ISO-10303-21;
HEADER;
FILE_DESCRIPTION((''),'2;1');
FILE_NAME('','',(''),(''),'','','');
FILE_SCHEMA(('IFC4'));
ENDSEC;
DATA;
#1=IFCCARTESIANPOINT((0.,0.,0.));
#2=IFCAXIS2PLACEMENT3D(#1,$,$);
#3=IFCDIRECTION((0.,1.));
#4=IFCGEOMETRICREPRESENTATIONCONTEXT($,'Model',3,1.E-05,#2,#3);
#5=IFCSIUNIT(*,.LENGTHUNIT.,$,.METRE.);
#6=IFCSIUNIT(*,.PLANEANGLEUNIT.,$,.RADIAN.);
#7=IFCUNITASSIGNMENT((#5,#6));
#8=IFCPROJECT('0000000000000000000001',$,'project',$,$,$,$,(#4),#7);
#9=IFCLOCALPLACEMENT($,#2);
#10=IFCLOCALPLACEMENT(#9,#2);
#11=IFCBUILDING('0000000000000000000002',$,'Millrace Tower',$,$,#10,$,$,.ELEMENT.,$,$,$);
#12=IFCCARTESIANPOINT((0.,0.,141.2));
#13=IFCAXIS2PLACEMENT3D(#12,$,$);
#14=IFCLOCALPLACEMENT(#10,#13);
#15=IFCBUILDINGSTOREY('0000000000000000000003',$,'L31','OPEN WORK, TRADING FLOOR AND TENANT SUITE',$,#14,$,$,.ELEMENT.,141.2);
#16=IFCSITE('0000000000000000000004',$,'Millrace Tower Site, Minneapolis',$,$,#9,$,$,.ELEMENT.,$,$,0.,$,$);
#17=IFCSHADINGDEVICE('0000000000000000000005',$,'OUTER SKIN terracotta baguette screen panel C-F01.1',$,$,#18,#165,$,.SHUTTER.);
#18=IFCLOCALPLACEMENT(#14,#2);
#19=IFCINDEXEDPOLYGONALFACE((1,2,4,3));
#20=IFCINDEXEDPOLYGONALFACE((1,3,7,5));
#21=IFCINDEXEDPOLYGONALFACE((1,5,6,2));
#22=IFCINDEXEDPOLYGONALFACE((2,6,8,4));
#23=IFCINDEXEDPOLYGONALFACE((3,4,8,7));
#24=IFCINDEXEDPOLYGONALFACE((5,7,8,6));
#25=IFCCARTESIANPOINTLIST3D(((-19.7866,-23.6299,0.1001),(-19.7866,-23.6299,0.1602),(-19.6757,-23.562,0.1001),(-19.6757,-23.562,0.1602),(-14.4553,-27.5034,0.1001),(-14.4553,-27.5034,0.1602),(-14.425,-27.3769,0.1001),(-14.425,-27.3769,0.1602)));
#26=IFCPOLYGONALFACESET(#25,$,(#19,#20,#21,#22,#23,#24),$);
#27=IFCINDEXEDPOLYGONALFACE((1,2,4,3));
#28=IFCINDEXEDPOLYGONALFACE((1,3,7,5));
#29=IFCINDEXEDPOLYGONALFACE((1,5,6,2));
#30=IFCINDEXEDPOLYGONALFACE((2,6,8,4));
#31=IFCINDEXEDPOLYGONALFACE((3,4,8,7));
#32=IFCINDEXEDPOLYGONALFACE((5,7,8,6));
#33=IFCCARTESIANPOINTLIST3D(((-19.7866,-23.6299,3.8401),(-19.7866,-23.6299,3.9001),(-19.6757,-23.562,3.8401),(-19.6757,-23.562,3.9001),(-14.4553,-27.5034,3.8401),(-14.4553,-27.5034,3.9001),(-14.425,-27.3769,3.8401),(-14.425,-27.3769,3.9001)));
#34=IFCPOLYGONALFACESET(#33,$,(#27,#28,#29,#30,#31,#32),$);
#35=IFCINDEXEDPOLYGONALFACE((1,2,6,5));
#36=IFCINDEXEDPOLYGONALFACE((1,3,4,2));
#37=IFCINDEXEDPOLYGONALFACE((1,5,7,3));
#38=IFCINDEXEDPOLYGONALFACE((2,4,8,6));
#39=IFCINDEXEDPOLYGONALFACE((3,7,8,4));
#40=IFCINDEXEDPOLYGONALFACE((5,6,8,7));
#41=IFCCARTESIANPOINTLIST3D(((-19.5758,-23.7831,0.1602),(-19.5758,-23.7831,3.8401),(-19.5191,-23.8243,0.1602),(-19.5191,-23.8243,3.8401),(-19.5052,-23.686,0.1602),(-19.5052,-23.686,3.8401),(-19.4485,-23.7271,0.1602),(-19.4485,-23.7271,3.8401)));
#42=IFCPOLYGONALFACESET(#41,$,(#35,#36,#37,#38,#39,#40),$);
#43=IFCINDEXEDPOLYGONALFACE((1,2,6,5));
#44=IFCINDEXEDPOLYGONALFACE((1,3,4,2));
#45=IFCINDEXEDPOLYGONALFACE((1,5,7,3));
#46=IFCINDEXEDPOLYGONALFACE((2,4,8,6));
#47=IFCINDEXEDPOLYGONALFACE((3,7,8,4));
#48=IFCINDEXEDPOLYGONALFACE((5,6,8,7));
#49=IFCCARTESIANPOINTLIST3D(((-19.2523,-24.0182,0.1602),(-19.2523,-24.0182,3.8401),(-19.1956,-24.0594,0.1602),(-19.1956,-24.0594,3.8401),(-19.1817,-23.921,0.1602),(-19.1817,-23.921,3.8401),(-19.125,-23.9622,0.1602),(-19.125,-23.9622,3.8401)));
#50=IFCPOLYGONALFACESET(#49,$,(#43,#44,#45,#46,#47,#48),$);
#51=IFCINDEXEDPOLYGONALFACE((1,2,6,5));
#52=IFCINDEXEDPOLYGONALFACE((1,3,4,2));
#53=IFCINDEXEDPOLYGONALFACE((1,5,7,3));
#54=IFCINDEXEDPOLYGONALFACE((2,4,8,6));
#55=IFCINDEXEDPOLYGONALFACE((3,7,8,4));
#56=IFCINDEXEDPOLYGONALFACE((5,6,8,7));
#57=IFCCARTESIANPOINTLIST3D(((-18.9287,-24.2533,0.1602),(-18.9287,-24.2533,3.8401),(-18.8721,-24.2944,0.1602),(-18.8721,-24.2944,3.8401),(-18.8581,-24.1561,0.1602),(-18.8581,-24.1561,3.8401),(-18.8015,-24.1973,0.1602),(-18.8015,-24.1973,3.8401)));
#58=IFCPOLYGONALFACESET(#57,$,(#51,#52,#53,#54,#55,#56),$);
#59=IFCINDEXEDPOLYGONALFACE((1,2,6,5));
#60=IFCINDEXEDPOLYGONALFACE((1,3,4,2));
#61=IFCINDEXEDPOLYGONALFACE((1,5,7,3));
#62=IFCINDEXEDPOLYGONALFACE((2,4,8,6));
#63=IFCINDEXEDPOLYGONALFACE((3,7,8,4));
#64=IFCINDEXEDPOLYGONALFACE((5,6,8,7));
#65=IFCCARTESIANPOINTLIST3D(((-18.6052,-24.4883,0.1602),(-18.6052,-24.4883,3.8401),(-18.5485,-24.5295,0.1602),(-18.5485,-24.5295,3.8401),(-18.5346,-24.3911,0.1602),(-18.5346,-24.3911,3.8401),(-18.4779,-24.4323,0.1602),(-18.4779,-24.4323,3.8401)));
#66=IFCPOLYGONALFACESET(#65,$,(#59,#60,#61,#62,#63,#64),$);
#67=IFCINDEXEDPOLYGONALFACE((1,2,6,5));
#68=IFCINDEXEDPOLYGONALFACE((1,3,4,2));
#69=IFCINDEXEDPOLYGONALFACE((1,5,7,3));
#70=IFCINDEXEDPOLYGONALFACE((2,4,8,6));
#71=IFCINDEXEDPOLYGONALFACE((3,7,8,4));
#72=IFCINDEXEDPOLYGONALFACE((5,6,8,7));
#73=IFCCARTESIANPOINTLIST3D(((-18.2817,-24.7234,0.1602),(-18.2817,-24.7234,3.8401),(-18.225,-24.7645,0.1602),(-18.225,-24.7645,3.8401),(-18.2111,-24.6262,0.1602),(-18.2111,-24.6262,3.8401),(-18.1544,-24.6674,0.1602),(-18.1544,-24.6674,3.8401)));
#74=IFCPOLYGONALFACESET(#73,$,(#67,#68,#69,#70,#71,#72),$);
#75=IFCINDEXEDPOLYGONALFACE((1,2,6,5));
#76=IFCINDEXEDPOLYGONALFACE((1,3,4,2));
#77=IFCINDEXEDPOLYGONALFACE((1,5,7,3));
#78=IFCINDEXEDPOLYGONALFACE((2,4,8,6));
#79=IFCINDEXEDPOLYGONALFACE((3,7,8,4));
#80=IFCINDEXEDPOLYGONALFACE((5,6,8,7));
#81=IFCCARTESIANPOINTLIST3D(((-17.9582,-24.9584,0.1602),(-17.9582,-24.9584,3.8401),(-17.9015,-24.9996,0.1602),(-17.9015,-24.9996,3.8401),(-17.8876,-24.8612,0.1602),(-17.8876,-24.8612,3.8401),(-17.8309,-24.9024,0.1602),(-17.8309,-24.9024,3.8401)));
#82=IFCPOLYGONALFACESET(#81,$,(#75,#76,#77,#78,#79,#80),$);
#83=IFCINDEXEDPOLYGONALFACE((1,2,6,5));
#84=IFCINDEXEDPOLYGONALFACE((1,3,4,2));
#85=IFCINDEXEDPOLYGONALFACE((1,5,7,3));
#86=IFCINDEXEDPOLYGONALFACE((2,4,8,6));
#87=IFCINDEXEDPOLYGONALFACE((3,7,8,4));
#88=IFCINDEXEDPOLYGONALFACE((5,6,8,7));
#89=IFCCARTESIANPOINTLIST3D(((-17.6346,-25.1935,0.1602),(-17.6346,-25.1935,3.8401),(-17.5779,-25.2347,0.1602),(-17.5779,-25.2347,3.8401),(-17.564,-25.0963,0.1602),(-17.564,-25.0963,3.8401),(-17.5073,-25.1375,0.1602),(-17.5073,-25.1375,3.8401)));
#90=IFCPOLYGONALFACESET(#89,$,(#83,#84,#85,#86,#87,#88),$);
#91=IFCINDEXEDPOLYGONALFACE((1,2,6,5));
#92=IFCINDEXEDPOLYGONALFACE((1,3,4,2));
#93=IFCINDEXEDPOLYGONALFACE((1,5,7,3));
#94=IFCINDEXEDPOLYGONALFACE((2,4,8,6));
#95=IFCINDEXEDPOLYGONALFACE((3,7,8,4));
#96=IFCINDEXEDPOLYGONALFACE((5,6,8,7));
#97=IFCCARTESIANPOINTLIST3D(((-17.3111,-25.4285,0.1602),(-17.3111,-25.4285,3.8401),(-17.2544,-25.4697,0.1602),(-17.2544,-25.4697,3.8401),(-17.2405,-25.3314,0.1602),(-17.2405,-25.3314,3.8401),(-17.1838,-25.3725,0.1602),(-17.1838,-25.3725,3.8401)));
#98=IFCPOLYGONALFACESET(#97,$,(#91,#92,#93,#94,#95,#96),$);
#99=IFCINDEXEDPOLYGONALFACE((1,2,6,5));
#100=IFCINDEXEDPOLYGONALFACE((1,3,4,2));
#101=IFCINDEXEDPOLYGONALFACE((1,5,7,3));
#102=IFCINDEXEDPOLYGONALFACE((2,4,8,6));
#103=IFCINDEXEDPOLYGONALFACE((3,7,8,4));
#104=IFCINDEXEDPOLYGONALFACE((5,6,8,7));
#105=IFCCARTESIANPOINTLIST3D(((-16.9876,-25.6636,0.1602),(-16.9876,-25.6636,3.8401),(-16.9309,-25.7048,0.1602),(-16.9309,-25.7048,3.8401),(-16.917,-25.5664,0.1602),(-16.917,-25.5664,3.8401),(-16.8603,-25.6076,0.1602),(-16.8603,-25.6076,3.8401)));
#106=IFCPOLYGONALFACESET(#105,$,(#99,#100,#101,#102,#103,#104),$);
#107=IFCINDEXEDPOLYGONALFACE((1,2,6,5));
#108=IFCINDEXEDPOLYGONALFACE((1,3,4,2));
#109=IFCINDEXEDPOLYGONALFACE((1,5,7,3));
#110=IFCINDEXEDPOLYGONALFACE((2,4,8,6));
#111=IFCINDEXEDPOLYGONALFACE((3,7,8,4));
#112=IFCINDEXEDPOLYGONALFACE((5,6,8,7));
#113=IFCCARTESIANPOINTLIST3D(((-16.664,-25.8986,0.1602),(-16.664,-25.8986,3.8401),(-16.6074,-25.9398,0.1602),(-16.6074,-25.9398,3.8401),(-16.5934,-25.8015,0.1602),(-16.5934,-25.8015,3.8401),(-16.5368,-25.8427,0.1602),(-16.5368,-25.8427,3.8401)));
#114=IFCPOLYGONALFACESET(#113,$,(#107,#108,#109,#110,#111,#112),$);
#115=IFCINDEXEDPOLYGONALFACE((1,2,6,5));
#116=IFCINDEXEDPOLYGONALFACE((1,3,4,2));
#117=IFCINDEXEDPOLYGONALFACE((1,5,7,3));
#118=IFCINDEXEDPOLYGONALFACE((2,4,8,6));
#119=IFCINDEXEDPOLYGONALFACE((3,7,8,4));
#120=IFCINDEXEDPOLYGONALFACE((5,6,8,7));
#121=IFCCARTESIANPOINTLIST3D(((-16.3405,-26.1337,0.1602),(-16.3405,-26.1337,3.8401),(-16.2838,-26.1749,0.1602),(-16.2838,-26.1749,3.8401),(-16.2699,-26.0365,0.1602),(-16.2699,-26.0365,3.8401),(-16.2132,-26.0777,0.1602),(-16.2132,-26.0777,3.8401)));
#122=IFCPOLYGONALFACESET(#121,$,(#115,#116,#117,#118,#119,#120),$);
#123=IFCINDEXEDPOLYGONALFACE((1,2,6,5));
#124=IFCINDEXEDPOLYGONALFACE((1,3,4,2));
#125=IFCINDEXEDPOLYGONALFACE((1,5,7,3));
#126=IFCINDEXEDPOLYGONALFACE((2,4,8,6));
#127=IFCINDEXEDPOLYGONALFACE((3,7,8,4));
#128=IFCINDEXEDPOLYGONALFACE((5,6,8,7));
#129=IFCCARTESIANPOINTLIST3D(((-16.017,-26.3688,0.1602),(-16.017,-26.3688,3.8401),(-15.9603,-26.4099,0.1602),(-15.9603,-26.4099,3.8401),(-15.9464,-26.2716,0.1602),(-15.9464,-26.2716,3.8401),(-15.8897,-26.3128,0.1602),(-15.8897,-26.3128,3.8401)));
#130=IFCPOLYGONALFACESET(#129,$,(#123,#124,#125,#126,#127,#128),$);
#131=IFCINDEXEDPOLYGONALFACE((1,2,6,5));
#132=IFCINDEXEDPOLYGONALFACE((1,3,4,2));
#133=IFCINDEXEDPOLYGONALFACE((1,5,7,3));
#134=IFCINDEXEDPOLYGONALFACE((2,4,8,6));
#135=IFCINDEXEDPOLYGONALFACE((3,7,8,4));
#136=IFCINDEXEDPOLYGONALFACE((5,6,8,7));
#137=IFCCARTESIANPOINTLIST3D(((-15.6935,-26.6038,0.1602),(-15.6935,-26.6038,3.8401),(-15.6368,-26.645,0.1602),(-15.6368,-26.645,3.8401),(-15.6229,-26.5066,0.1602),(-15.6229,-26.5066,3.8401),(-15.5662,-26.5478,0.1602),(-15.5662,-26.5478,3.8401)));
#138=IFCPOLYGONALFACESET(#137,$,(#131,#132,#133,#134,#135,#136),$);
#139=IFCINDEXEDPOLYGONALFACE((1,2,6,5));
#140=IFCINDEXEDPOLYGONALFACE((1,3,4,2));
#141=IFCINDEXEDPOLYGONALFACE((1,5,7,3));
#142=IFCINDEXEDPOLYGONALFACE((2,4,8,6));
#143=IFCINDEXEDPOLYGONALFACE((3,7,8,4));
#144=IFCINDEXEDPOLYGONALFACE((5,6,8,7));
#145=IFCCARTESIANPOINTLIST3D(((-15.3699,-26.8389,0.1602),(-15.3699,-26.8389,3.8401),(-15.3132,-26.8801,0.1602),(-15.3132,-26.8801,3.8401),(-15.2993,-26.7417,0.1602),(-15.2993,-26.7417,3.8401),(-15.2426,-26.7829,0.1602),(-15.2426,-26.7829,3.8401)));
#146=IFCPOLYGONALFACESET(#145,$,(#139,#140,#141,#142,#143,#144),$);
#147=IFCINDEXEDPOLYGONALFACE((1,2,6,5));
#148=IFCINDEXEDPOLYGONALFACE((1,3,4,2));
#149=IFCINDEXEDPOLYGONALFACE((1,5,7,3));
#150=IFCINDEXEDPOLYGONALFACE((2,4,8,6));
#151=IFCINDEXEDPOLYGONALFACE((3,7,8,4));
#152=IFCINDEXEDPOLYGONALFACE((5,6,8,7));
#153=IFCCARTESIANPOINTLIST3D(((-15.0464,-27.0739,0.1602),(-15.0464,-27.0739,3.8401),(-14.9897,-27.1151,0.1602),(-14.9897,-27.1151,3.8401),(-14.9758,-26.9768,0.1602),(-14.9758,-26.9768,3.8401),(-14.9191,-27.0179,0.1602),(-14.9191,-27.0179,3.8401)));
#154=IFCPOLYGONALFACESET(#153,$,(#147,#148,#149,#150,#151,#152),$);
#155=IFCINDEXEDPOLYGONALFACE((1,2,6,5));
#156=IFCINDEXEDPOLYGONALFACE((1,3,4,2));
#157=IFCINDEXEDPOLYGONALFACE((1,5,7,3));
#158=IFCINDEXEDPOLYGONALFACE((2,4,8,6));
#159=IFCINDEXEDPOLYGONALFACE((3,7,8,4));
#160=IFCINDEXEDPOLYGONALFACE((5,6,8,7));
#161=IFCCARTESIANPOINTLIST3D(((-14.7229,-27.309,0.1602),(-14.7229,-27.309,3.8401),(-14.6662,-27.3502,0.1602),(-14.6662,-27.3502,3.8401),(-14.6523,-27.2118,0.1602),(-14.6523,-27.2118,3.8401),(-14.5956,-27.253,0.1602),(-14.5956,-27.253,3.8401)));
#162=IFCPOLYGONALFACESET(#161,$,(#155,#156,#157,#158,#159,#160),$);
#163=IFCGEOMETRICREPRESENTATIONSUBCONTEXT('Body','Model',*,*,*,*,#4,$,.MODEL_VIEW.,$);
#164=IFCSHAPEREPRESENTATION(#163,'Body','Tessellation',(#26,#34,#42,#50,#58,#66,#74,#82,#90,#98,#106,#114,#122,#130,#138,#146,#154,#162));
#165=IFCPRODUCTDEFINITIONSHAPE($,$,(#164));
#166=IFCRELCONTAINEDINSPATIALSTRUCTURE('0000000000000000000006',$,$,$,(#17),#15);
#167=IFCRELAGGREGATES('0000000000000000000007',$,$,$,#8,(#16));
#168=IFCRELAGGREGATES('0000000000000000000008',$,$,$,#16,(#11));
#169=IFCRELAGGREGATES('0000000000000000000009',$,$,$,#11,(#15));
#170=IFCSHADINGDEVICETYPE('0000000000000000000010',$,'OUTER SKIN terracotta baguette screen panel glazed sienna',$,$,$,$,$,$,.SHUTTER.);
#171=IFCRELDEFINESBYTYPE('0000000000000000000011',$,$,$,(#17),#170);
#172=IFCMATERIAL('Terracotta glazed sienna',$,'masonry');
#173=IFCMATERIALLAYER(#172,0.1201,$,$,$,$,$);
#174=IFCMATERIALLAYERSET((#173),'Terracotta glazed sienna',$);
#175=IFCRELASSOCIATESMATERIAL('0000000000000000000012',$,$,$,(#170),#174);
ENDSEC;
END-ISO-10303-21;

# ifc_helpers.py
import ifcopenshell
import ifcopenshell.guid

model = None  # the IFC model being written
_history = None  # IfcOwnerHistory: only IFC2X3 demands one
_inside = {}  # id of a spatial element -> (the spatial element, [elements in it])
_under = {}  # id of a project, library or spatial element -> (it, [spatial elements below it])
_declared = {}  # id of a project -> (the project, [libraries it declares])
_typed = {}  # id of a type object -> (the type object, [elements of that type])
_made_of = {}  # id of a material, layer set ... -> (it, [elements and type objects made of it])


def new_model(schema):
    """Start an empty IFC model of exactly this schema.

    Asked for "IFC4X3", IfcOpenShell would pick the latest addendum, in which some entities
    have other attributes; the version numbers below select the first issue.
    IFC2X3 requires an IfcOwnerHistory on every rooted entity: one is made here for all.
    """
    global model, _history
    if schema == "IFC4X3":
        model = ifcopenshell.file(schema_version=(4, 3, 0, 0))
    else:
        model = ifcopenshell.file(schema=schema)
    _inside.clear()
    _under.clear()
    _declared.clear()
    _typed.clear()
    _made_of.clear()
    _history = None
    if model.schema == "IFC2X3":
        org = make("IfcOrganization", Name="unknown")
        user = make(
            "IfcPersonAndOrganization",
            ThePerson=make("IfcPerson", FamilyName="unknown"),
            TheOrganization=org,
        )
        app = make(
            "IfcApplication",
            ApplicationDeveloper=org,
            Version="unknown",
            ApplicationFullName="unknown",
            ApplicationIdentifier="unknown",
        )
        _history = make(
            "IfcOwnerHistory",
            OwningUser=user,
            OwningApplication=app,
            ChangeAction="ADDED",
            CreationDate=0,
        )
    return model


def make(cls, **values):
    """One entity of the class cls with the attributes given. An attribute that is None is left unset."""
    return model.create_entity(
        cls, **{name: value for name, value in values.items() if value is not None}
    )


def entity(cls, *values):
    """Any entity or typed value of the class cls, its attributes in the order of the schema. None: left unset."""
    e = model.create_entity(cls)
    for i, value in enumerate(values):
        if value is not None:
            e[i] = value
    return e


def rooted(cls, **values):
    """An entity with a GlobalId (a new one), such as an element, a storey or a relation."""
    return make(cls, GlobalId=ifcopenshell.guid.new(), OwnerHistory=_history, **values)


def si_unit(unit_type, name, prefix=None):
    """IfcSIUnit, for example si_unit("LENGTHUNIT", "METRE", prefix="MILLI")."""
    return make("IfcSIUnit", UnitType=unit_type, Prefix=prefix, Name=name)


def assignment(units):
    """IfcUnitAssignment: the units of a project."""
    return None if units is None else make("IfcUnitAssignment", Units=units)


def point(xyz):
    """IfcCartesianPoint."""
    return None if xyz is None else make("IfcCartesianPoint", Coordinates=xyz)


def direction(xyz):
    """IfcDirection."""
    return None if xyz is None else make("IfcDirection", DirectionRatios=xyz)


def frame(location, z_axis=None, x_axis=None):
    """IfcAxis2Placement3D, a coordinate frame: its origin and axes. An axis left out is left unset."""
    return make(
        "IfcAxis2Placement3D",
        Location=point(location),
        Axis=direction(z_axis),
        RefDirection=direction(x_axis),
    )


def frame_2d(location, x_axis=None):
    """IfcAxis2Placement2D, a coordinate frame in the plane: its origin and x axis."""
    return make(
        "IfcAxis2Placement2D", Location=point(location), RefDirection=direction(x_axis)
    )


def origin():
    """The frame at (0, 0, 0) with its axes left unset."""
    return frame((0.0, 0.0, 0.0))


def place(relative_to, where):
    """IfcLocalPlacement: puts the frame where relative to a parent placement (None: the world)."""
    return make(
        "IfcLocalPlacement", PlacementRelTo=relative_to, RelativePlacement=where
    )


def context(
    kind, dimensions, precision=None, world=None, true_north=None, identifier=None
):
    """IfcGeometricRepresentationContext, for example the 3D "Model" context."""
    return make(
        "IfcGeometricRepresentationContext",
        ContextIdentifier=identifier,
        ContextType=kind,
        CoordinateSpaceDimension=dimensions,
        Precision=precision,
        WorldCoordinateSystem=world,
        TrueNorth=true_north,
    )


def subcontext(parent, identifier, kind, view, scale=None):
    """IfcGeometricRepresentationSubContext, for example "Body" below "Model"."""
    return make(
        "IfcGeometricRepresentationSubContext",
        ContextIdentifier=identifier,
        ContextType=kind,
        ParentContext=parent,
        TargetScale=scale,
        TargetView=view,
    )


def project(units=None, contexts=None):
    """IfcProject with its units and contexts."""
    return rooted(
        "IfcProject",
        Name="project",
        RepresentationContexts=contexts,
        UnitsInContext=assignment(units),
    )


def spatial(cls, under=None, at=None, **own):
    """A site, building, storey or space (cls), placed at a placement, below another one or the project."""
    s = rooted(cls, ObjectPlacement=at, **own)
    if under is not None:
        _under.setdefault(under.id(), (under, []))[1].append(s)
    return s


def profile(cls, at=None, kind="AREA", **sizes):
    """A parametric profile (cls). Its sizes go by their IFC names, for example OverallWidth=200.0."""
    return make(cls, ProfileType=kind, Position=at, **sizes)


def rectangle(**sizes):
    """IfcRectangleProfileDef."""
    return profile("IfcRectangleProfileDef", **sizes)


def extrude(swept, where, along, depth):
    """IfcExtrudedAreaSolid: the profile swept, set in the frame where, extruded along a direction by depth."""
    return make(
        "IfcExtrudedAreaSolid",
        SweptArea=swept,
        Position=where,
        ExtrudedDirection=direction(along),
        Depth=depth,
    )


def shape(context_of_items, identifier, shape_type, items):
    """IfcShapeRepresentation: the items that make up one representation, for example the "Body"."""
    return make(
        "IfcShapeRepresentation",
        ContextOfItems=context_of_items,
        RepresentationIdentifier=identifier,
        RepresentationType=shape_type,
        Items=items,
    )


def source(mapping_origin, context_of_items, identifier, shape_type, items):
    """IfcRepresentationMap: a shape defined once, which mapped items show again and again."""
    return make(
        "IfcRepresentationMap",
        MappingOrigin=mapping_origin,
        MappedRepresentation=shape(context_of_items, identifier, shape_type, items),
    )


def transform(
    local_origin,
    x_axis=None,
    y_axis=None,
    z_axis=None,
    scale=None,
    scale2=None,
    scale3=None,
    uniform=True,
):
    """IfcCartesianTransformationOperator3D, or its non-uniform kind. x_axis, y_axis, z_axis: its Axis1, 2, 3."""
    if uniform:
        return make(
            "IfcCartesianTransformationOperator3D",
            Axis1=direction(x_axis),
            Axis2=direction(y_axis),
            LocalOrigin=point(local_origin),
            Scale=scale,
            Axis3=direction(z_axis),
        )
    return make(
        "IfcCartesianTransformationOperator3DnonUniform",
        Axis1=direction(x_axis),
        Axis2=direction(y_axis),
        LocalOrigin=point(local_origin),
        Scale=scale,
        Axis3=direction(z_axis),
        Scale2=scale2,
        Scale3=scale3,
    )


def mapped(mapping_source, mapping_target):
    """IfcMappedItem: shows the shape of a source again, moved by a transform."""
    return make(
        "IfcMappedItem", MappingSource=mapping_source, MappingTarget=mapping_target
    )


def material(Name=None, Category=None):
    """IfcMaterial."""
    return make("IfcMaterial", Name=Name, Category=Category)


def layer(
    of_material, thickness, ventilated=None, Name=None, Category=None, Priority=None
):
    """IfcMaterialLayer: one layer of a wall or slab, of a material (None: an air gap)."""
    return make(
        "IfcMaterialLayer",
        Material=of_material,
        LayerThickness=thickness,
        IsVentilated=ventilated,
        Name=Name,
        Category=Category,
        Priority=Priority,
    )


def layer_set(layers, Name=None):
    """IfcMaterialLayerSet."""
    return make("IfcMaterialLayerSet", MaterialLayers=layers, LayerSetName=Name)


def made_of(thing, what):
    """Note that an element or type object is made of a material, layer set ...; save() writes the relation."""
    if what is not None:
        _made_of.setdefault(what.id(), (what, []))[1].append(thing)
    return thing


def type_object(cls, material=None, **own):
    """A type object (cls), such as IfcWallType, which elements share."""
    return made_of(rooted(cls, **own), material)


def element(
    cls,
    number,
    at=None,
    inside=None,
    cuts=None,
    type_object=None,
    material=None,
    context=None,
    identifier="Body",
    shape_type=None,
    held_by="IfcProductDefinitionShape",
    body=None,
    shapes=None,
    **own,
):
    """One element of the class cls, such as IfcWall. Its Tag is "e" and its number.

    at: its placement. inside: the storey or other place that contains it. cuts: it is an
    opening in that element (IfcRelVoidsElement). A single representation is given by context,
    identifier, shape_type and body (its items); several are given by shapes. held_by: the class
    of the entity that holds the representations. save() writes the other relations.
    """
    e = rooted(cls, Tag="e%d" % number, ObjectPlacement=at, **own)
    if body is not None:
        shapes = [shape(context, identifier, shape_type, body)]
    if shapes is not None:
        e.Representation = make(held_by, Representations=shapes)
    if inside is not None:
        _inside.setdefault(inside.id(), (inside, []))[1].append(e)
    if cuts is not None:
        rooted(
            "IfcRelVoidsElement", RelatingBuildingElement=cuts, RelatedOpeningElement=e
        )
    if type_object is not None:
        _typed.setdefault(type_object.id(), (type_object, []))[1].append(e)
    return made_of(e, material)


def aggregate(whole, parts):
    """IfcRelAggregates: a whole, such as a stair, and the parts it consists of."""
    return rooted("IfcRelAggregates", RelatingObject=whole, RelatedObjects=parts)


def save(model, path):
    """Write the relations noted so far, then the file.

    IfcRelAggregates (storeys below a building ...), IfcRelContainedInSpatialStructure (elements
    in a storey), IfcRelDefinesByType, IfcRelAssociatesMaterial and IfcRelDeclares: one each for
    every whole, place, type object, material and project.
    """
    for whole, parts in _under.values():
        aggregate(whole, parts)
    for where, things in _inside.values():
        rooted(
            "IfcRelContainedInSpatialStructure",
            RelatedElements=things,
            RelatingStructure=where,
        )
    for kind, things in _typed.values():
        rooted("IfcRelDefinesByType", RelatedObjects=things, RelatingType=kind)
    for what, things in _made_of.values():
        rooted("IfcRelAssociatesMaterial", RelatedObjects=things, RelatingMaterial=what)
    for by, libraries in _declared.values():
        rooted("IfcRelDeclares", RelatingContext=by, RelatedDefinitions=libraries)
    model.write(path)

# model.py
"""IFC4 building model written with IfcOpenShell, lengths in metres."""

from ifc_helpers import new_model, entity, si_unit, direction, frame, frame_2d, origin, place, context, subcontext, project, spatial, rectangle, extrude, source, transform, mapped, material, layer, layer_set, type_object, element, save


model = new_model("IFC4")

# Units and contexts
model_context = context("Model", 3, precision=1e-05, world=origin(), true_north=direction((0.0, 1.0)))
body_context = subcontext(model_context, "Body", "Model", "MODEL_VIEW")
ifc_project = project(units=[si_unit("LENGTHUNIT", "METRE"), si_unit("PLANEANGLEUNIT", "RADIAN")], contexts=[model_context])

# Site, building, storey
site_placement = place(None, origin())
site = spatial("IfcSite", under=ifc_project, at=site_placement, Name="Millrace Tower Site, Minneapolis", CompositionType="ELEMENT", RefElevation=0.0)
building_placement = place(site_placement, origin())
building = spatial("IfcBuilding", under=site, at=building_placement, Name="Millrace Tower", CompositionType="ELEMENT")
storey_placement = place(building_placement, frame((0.0, 0.0, 141.2)))
storey = spatial("IfcBuildingStorey", under=building, at=storey_placement, Name="L31", Description="OPEN WORK, TRADING FLOOR AND TENANT SUITE", CompositionType="ELEMENT", Elevation=141.2)

# Shading device
ifc_material_1 = material(Name="Terracotta glazed sienna", Category="masonry")
ifc_layer_1 = layer(ifc_material_1, 0.1201)
ifc_layer_set_1 = layer_set([ifc_layer_1], Name="Terracotta glazed sienna")
shading_device_type = type_object("IfcShadingDeviceType", Name="OUTER SKIN terracotta baguette screen panel glazed sienna", PredefinedType="SHUTTER", material=ifc_layer_set_1)
cartesian_point_1 = entity("IfcCartesianPoint", [-3.2451, 0.0601])
shared_polyline_1 = entity("IfcPolyline", [cartesian_point_1, entity("IfcCartesianPoint", [3.2451, 0.0601]), entity("IfcCartesianPoint", [3.2949, -0.0601]), entity("IfcCartesianPoint", [-3.2949, -0.0601]), cartesian_point_1])
shared_shape_1 = source(origin(), body_context, "Body", "SweptSolid", [
    entity("IfcExtrudedAreaSolid", entity("IfcArbitraryClosedProfileDef", "AREA", None, shared_polyline_1), entity("IfcAxis2Placement3D", entity("IfcCartesianPoint", [0.0, 0.0, 0.0])), entity("IfcDirection", [0.0, 0.0, 1.0]), 0.0601),
    entity("IfcExtrudedAreaSolid", entity("IfcArbitraryClosedProfileDef", "AREA", None, shared_polyline_1), entity("IfcAxis2Placement3D", entity("IfcCartesianPoint", [0.0, 0.0, 3.74])), entity("IfcDirection", [0.0, 0.0, 1.0]), 0.0601),
    extrude(rectangle(XDim=0.0701, YDim=0.1201, at=frame_2d((-2.9993, 0.0))), frame((0.0, 0.0, 0.0601)), (0.0, 0.0, 1.0), 3.6799),
    extrude(rectangle(XDim=0.0701, YDim=0.1201, at=frame_2d((-2.5994, 0.0))), frame((0.0, 0.0, 0.0601)), (0.0, 0.0, 1.0), 3.6799),
    extrude(rectangle(XDim=0.0701, YDim=0.1201, at=frame_2d((-2.1995, 0.0))), frame((0.0, 0.0, 0.0601)), (0.0, 0.0, 1.0), 3.6799),
    extrude(rectangle(XDim=0.0701, YDim=0.1201, at=frame_2d((-1.7996, 0.0))), frame((0.0, 0.0, 0.0601)), (0.0, 0.0, 1.0), 3.6799),
    extrude(rectangle(XDim=0.0701, YDim=0.1201, at=frame_2d((-1.3997, 0.0))), frame((0.0, 0.0, 0.0601)), (0.0, 0.0, 1.0), 3.6799),
    extrude(rectangle(XDim=0.0701, YDim=0.1201, at=frame_2d((-0.9998, 0.0))), frame((0.0, 0.0, 0.0601)), (0.0, 0.0, 1.0), 3.6799),
    extrude(rectangle(XDim=0.0701, YDim=0.1201, at=frame_2d((-0.5999, 0.0))), frame((0.0, 0.0, 0.0601)), (0.0, 0.0, 1.0), 3.6799),
    extrude(rectangle(XDim=0.0701, YDim=0.1201, at=frame_2d((-0.2, 0.0))), frame((0.0, 0.0, 0.0601)), (0.0, 0.0, 1.0), 3.6799),
    extrude(rectangle(XDim=0.0701, YDim=0.1201, at=frame_2d((0.2, 0.0))), frame((0.0, 0.0, 0.0601)), (0.0, 0.0, 1.0), 3.6799),
    extrude(rectangle(XDim=0.0701, YDim=0.1201, at=frame_2d((0.5999, 0.0))), frame((0.0, 0.0, 0.0601)), (0.0, 0.0, 1.0), 3.6799),
    extrude(rectangle(XDim=0.0701, YDim=0.1201, at=frame_2d((0.9998, 0.0))), frame((0.0, 0.0, 0.0601)), (0.0, 0.0, 1.0), 3.6799),
    extrude(rectangle(XDim=0.0701, YDim=0.1201, at=frame_2d((1.3997, 0.0))), frame((0.0, 0.0, 0.0601)), (0.0, 0.0, 1.0), 3.6799),
    extrude(rectangle(XDim=0.0701, YDim=0.1201, at=frame_2d((1.7996, 0.0))), frame((0.0, 0.0, 0.0601)), (0.0, 0.0, 1.0), 3.6799),
    extrude(rectangle(XDim=0.0701, YDim=0.1201, at=frame_2d((2.1995, 0.0))), frame((0.0, 0.0, 0.0601)), (0.0, 0.0, 1.0), 3.6799),
    extrude(rectangle(XDim=0.0701, YDim=0.1201, at=frame_2d((2.5994, 0.0))), frame((0.0, 0.0, 0.0601)), (0.0, 0.0, 1.0), 3.6799),
    extrude(rectangle(XDim=0.0701, YDim=0.1201, at=frame_2d((2.9993, 0.0))), frame((0.0, 0.0, 0.0601)), (0.0, 0.0, 1.0), 3.6799),
])
shading_device_1_placement = place(storey_placement, frame((-17.0857, -25.5181, 0.1001), z_axis=(0.0, 0.0, 1.0), x_axis=(0.809017, -0.587785, 0.0)))
element("IfcShadingDevice", 1, at=shading_device_1_placement, inside=storey, type_object=shading_device_type, Name="OUTER SKIN terracotta baguette screen panel C-F01.1", PredefinedType="SHUTTER", context=body_context, shape_type="MappedRepresentation", body=[
    mapped(shared_shape_1, transform((0.0, 0.0, 0.0), scale=1.0)),
])

save(model, "model.ifc")
